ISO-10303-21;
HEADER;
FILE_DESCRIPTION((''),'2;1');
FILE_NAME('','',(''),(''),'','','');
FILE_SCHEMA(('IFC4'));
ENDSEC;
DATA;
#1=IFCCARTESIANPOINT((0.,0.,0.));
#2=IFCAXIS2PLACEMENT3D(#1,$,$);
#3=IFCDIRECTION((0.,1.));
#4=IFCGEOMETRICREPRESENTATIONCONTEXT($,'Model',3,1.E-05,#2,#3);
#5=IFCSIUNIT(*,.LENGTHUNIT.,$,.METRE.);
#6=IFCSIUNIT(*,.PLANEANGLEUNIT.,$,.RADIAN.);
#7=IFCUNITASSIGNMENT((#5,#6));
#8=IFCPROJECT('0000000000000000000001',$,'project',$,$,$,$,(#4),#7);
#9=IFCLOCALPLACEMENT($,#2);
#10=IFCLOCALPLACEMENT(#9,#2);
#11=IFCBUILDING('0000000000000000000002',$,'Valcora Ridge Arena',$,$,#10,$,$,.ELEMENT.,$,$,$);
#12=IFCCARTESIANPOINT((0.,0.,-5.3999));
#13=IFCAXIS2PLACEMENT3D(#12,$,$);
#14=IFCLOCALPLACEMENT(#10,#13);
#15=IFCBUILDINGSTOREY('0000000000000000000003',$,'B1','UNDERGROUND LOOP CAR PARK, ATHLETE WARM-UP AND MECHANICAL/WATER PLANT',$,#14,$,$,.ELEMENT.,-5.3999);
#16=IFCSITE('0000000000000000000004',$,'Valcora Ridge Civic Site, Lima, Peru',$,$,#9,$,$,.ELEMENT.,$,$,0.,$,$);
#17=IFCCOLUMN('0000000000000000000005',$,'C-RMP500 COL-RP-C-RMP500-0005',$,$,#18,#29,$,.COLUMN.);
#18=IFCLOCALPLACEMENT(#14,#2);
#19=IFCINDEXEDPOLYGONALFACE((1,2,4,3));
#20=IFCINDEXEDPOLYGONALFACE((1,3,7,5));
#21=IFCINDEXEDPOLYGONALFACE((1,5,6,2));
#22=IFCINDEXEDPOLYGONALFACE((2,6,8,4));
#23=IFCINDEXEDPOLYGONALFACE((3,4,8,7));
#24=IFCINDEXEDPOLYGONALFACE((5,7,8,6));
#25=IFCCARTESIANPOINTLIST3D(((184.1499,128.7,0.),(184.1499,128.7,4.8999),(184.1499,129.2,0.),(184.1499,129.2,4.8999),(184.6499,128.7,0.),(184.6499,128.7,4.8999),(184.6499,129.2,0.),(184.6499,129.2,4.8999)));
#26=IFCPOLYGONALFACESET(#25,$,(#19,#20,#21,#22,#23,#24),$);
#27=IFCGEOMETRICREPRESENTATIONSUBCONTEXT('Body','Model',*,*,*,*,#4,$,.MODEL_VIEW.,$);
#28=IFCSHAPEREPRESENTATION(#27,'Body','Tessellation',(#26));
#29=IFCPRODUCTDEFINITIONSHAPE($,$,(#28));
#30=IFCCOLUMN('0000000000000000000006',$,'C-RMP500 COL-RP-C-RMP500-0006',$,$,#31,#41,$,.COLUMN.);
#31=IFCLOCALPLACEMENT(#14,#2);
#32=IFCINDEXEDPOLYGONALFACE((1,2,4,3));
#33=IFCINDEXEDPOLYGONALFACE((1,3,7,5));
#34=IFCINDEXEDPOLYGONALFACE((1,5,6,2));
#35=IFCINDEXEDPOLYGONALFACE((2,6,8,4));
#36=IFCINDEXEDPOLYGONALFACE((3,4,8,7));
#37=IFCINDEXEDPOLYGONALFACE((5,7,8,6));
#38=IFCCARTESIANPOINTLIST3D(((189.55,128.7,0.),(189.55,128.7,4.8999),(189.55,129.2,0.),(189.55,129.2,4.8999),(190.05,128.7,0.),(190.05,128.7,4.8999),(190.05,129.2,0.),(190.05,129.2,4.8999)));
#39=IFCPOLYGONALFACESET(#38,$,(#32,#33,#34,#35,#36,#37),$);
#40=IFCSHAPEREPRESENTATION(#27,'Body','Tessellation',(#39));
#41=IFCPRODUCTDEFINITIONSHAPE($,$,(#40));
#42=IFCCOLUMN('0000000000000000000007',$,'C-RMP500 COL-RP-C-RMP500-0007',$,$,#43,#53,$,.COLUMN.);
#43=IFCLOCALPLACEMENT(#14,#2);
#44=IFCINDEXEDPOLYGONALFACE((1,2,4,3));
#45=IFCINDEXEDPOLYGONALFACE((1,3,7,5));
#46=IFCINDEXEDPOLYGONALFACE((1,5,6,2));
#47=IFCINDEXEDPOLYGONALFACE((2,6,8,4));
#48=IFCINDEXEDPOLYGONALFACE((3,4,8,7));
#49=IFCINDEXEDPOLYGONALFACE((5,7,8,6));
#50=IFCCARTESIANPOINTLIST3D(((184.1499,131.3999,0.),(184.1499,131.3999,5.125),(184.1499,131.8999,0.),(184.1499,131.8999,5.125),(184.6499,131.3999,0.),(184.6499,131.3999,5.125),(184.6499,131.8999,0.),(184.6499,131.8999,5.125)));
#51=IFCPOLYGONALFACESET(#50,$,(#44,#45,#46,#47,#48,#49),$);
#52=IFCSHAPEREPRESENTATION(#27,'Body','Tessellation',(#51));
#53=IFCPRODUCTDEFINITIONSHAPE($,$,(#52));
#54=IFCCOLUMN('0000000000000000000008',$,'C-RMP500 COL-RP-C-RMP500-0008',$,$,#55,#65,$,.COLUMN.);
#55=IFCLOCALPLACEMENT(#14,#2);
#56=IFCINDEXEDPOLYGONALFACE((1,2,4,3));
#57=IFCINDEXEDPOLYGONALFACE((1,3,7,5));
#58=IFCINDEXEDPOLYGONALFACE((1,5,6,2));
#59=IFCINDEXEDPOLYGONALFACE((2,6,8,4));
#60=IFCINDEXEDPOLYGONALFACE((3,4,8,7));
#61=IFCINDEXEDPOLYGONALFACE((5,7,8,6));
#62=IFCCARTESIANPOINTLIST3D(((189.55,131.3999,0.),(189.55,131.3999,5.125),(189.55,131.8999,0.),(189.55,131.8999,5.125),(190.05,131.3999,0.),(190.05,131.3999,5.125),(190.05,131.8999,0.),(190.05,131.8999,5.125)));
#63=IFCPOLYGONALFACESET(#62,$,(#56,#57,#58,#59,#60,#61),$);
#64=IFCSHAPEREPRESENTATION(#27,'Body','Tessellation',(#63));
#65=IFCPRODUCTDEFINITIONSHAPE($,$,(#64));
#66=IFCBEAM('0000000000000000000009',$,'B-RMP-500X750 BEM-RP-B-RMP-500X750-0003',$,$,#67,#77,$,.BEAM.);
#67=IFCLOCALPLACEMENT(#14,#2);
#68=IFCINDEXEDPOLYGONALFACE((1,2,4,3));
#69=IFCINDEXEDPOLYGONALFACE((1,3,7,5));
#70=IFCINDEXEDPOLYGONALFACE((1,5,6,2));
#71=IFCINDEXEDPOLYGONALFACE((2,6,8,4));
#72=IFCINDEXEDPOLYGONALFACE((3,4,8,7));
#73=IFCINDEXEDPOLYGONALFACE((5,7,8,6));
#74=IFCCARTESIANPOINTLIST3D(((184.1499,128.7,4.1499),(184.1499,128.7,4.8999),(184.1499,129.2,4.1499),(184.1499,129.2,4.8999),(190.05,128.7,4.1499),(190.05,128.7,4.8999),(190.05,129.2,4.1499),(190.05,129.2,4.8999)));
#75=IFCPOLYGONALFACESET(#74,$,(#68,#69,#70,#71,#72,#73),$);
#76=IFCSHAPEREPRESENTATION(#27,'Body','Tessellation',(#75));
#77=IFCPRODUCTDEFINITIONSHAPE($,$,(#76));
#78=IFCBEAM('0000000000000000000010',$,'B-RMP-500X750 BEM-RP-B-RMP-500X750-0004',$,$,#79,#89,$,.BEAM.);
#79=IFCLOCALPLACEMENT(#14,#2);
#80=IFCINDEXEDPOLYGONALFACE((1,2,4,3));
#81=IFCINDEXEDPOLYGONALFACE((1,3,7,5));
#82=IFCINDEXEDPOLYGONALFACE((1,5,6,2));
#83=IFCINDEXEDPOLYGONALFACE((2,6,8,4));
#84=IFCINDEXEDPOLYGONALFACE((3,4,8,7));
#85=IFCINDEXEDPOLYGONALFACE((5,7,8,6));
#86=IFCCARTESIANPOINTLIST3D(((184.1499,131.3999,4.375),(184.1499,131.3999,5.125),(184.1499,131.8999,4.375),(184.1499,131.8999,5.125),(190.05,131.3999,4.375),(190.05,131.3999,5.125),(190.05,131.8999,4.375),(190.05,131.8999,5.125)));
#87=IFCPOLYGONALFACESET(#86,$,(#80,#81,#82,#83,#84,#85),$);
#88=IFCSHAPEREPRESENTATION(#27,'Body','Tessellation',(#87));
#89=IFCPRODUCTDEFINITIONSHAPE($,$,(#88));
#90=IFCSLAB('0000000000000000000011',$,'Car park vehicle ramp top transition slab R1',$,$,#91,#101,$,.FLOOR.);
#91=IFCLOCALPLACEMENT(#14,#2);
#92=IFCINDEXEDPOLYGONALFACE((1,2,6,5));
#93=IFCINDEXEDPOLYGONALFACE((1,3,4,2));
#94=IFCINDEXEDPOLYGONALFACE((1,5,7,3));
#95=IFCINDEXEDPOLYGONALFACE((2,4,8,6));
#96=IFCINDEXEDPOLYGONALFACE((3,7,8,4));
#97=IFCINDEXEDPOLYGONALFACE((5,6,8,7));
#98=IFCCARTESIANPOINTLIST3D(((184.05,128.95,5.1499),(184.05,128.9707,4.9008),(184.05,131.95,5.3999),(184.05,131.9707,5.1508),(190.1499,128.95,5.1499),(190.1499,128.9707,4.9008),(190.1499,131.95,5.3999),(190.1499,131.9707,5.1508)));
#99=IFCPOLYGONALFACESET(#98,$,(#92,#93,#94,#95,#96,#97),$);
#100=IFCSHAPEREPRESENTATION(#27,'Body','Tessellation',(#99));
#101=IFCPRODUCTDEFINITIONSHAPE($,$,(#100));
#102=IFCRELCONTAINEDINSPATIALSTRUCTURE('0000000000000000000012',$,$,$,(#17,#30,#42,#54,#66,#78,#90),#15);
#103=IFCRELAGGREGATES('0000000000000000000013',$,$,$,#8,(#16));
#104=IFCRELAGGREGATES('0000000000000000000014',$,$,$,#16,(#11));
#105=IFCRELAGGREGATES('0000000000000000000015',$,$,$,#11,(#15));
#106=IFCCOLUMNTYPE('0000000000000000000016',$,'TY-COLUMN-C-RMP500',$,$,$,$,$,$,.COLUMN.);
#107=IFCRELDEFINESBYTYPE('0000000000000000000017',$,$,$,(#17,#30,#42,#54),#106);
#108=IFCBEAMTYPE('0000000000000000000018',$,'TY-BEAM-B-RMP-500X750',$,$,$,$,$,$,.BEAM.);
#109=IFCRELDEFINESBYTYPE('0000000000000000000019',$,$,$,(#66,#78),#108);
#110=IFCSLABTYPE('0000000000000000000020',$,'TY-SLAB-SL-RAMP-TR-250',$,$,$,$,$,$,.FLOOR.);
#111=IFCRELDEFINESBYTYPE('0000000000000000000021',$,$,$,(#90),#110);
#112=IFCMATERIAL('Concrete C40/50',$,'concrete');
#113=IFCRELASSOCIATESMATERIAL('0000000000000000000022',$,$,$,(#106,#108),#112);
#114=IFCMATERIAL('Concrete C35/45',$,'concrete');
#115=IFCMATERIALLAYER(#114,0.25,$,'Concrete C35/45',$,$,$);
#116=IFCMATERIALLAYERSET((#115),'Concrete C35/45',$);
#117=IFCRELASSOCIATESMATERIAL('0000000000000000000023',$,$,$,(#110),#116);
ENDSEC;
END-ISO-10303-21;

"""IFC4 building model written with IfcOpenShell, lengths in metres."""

from ifc_helpers import new_model, si_unit, direction, frame, origin, origin_2d, place, context, subcontext, project, spatial, polyline, rectangle, outline, extrude, material, layer, layer_set, material_profile, profile_set, type_object, element, save


model = new_model("IFC4")

# Units and contexts
model_context = context("Model", 3, precision=1e-05, world=origin(), true_north=direction((0.0, 1.0)))
body_context = subcontext(model_context, "Body", "Model", "MODEL_VIEW")
ifc_project = project(units=[si_unit("LENGTHUNIT", "METRE"), si_unit("PLANEANGLEUNIT", "RADIAN")], contexts=[model_context])

# Site, building, storey
site_placement = place(None, origin())
site = spatial("IfcSite", under=ifc_project, at=site_placement, Name="Valcora Ridge Civic Site, Lima, Peru", CompositionType="ELEMENT", RefElevation=0.0)
building_placement = place(site_placement, origin())
building = spatial("IfcBuilding", under=site, at=building_placement, Name="Valcora Ridge Arena", CompositionType="ELEMENT")
storey_placement = place(building_placement, frame((0.0, 0.0, -5.3999)))
storey = spatial("IfcBuildingStorey", under=building, at=storey_placement, Name="B1", Description="UNDERGROUND LOOP CAR PARK, ATHLETE WARM-UP AND MECHANICAL/WATER PLANT", CompositionType="ELEMENT", Elevation=-5.3999)

# Shared definitions
ifc_material_1 = material(Name="Concrete C40/50", Category="concrete")

# Shared definitions
ifc_material_2 = material(Name="Concrete C35/45", Category="concrete")

# Columns
ifc_material_profile_1 = material_profile(ifc_material_1, rectangle(XDim=0.5, YDim=0.5, at=origin_2d()), Name="RC 500x500")
ifc_profile_set_1 = profile_set([ifc_material_profile_1], Name="Concrete C40/50")
column_type_1 = type_object("IfcColumnType", Name="TY-COLUMN-C-RMP500", PredefinedType="COLUMN", material=ifc_profile_set_1)
for number, where, z_axis, x_axis, name in (
    (1, (184.3999, 128.95, 0.0), (0.0, 0.0, 1.0), (1.0, 0.0, 0.0), "C-RMP500 COL-RP-C-RMP500-0005"),
    (2, (189.8, 128.95, 0.0), (0.0, 0.0, 1.0), (1.0, 0.0, 0.0), "C-RMP500 COL-RP-C-RMP500-0006"),
):
    element("IfcColumn", number, at=place(storey_placement, frame(where, z_axis=z_axis, x_axis=x_axis)), inside=storey, type_object=column_type_1, Name=name, PredefinedType="COLUMN", context=body_context, shape_type="SweptSolid", body=[
        extrude(rectangle(XDim=0.5, YDim=0.5, at=origin_2d()), origin(), (0.0, 0.0, 1.0), 4.8999),
    ])
for number, where, z_axis, x_axis, name in (
    (3, (184.3999, 131.6499, 0.0), (0.0, 0.0, 1.0), (1.0, 0.0, 0.0), "C-RMP500 COL-RP-C-RMP500-0007"),
    (4, (189.8, 131.6499, 0.0), (0.0, 0.0, 1.0), (1.0, 0.0, 0.0), "C-RMP500 COL-RP-C-RMP500-0008"),
):
    element("IfcColumn", number, at=place(storey_placement, frame(where, z_axis=z_axis, x_axis=x_axis)), inside=storey, type_object=column_type_1, Name=name, PredefinedType="COLUMN", context=body_context, shape_type="SweptSolid", body=[
        extrude(rectangle(XDim=0.5, YDim=0.5, at=origin_2d()), origin(), (0.0, 0.0, 1.0), 5.125),
    ])

# Beams
ifc_material_profile_2 = material_profile(ifc_material_1, rectangle(XDim=0.5, YDim=0.75, at=origin_2d()), Name="RC 500x750")
ifc_profile_set_2 = profile_set([ifc_material_profile_2], Name="Concrete C40/50")
beam_type = type_object("IfcBeamType", Name="TY-BEAM-B-RMP-500X750", PredefinedType="BEAM", material=ifc_profile_set_2)
for number, where, z_axis, x_axis, name in (
    (5, (184.1499, 128.95, 4.5249), (1.0, 0.0, 0.0), (0.0, 1.0, 0.0), "B-RMP-500X750 BEM-RP-B-RMP-500X750-0003"),
    (6, (184.1499, 131.6499, 4.75), (1.0, 0.0, 0.0), (0.0, 1.0, 0.0), "B-RMP-500X750 BEM-RP-B-RMP-500X750-0004"),
):
    element("IfcBeam", number, at=place(storey_placement, frame(where, z_axis=z_axis, x_axis=x_axis)), inside=storey, type_object=beam_type, Name=name, PredefinedType="BEAM", context=body_context, shape_type="SweptSolid", body=[
        extrude(rectangle(XDim=0.5, YDim=0.75, at=origin_2d()), origin(), (0.0, 0.0, 1.0), 5.9001),
    ])

# Slab
ifc_layer_1 = layer(ifc_material_2, 0.25, Name="Concrete C35/45")
ifc_layer_set_1 = layer_set([ifc_layer_1], Name="Concrete C35/45")
slab_type = type_object("IfcSlabType", Name="TY-SLAB-SL-RAMP-TR-250", PredefinedType="FLOOR", material=ifc_layer_set_1)
slab_placement = place(storey_placement, frame((184.05, 128.95, 5.1499), z_axis=(0.0, -0.083045, 0.996546), x_axis=(1.0, 0.0, 0.0)))
element("IfcSlab", 7, at=slab_placement, inside=storey, type_object=slab_type, Name="Car park vehicle ramp top transition slab R1", PredefinedType="FLOOR", context=body_context, shape_type="SweptSolid", body=[
    extrude(outline(polyline([(0.0, 0.0), (6.0999, 0.0), (6.0999, 3.0104), (0.0, 3.0104), (0.0, 0.0)])), origin(), (0.0, 0.0, -1.0), 0.25),
])

save(model, "model.ifc")
